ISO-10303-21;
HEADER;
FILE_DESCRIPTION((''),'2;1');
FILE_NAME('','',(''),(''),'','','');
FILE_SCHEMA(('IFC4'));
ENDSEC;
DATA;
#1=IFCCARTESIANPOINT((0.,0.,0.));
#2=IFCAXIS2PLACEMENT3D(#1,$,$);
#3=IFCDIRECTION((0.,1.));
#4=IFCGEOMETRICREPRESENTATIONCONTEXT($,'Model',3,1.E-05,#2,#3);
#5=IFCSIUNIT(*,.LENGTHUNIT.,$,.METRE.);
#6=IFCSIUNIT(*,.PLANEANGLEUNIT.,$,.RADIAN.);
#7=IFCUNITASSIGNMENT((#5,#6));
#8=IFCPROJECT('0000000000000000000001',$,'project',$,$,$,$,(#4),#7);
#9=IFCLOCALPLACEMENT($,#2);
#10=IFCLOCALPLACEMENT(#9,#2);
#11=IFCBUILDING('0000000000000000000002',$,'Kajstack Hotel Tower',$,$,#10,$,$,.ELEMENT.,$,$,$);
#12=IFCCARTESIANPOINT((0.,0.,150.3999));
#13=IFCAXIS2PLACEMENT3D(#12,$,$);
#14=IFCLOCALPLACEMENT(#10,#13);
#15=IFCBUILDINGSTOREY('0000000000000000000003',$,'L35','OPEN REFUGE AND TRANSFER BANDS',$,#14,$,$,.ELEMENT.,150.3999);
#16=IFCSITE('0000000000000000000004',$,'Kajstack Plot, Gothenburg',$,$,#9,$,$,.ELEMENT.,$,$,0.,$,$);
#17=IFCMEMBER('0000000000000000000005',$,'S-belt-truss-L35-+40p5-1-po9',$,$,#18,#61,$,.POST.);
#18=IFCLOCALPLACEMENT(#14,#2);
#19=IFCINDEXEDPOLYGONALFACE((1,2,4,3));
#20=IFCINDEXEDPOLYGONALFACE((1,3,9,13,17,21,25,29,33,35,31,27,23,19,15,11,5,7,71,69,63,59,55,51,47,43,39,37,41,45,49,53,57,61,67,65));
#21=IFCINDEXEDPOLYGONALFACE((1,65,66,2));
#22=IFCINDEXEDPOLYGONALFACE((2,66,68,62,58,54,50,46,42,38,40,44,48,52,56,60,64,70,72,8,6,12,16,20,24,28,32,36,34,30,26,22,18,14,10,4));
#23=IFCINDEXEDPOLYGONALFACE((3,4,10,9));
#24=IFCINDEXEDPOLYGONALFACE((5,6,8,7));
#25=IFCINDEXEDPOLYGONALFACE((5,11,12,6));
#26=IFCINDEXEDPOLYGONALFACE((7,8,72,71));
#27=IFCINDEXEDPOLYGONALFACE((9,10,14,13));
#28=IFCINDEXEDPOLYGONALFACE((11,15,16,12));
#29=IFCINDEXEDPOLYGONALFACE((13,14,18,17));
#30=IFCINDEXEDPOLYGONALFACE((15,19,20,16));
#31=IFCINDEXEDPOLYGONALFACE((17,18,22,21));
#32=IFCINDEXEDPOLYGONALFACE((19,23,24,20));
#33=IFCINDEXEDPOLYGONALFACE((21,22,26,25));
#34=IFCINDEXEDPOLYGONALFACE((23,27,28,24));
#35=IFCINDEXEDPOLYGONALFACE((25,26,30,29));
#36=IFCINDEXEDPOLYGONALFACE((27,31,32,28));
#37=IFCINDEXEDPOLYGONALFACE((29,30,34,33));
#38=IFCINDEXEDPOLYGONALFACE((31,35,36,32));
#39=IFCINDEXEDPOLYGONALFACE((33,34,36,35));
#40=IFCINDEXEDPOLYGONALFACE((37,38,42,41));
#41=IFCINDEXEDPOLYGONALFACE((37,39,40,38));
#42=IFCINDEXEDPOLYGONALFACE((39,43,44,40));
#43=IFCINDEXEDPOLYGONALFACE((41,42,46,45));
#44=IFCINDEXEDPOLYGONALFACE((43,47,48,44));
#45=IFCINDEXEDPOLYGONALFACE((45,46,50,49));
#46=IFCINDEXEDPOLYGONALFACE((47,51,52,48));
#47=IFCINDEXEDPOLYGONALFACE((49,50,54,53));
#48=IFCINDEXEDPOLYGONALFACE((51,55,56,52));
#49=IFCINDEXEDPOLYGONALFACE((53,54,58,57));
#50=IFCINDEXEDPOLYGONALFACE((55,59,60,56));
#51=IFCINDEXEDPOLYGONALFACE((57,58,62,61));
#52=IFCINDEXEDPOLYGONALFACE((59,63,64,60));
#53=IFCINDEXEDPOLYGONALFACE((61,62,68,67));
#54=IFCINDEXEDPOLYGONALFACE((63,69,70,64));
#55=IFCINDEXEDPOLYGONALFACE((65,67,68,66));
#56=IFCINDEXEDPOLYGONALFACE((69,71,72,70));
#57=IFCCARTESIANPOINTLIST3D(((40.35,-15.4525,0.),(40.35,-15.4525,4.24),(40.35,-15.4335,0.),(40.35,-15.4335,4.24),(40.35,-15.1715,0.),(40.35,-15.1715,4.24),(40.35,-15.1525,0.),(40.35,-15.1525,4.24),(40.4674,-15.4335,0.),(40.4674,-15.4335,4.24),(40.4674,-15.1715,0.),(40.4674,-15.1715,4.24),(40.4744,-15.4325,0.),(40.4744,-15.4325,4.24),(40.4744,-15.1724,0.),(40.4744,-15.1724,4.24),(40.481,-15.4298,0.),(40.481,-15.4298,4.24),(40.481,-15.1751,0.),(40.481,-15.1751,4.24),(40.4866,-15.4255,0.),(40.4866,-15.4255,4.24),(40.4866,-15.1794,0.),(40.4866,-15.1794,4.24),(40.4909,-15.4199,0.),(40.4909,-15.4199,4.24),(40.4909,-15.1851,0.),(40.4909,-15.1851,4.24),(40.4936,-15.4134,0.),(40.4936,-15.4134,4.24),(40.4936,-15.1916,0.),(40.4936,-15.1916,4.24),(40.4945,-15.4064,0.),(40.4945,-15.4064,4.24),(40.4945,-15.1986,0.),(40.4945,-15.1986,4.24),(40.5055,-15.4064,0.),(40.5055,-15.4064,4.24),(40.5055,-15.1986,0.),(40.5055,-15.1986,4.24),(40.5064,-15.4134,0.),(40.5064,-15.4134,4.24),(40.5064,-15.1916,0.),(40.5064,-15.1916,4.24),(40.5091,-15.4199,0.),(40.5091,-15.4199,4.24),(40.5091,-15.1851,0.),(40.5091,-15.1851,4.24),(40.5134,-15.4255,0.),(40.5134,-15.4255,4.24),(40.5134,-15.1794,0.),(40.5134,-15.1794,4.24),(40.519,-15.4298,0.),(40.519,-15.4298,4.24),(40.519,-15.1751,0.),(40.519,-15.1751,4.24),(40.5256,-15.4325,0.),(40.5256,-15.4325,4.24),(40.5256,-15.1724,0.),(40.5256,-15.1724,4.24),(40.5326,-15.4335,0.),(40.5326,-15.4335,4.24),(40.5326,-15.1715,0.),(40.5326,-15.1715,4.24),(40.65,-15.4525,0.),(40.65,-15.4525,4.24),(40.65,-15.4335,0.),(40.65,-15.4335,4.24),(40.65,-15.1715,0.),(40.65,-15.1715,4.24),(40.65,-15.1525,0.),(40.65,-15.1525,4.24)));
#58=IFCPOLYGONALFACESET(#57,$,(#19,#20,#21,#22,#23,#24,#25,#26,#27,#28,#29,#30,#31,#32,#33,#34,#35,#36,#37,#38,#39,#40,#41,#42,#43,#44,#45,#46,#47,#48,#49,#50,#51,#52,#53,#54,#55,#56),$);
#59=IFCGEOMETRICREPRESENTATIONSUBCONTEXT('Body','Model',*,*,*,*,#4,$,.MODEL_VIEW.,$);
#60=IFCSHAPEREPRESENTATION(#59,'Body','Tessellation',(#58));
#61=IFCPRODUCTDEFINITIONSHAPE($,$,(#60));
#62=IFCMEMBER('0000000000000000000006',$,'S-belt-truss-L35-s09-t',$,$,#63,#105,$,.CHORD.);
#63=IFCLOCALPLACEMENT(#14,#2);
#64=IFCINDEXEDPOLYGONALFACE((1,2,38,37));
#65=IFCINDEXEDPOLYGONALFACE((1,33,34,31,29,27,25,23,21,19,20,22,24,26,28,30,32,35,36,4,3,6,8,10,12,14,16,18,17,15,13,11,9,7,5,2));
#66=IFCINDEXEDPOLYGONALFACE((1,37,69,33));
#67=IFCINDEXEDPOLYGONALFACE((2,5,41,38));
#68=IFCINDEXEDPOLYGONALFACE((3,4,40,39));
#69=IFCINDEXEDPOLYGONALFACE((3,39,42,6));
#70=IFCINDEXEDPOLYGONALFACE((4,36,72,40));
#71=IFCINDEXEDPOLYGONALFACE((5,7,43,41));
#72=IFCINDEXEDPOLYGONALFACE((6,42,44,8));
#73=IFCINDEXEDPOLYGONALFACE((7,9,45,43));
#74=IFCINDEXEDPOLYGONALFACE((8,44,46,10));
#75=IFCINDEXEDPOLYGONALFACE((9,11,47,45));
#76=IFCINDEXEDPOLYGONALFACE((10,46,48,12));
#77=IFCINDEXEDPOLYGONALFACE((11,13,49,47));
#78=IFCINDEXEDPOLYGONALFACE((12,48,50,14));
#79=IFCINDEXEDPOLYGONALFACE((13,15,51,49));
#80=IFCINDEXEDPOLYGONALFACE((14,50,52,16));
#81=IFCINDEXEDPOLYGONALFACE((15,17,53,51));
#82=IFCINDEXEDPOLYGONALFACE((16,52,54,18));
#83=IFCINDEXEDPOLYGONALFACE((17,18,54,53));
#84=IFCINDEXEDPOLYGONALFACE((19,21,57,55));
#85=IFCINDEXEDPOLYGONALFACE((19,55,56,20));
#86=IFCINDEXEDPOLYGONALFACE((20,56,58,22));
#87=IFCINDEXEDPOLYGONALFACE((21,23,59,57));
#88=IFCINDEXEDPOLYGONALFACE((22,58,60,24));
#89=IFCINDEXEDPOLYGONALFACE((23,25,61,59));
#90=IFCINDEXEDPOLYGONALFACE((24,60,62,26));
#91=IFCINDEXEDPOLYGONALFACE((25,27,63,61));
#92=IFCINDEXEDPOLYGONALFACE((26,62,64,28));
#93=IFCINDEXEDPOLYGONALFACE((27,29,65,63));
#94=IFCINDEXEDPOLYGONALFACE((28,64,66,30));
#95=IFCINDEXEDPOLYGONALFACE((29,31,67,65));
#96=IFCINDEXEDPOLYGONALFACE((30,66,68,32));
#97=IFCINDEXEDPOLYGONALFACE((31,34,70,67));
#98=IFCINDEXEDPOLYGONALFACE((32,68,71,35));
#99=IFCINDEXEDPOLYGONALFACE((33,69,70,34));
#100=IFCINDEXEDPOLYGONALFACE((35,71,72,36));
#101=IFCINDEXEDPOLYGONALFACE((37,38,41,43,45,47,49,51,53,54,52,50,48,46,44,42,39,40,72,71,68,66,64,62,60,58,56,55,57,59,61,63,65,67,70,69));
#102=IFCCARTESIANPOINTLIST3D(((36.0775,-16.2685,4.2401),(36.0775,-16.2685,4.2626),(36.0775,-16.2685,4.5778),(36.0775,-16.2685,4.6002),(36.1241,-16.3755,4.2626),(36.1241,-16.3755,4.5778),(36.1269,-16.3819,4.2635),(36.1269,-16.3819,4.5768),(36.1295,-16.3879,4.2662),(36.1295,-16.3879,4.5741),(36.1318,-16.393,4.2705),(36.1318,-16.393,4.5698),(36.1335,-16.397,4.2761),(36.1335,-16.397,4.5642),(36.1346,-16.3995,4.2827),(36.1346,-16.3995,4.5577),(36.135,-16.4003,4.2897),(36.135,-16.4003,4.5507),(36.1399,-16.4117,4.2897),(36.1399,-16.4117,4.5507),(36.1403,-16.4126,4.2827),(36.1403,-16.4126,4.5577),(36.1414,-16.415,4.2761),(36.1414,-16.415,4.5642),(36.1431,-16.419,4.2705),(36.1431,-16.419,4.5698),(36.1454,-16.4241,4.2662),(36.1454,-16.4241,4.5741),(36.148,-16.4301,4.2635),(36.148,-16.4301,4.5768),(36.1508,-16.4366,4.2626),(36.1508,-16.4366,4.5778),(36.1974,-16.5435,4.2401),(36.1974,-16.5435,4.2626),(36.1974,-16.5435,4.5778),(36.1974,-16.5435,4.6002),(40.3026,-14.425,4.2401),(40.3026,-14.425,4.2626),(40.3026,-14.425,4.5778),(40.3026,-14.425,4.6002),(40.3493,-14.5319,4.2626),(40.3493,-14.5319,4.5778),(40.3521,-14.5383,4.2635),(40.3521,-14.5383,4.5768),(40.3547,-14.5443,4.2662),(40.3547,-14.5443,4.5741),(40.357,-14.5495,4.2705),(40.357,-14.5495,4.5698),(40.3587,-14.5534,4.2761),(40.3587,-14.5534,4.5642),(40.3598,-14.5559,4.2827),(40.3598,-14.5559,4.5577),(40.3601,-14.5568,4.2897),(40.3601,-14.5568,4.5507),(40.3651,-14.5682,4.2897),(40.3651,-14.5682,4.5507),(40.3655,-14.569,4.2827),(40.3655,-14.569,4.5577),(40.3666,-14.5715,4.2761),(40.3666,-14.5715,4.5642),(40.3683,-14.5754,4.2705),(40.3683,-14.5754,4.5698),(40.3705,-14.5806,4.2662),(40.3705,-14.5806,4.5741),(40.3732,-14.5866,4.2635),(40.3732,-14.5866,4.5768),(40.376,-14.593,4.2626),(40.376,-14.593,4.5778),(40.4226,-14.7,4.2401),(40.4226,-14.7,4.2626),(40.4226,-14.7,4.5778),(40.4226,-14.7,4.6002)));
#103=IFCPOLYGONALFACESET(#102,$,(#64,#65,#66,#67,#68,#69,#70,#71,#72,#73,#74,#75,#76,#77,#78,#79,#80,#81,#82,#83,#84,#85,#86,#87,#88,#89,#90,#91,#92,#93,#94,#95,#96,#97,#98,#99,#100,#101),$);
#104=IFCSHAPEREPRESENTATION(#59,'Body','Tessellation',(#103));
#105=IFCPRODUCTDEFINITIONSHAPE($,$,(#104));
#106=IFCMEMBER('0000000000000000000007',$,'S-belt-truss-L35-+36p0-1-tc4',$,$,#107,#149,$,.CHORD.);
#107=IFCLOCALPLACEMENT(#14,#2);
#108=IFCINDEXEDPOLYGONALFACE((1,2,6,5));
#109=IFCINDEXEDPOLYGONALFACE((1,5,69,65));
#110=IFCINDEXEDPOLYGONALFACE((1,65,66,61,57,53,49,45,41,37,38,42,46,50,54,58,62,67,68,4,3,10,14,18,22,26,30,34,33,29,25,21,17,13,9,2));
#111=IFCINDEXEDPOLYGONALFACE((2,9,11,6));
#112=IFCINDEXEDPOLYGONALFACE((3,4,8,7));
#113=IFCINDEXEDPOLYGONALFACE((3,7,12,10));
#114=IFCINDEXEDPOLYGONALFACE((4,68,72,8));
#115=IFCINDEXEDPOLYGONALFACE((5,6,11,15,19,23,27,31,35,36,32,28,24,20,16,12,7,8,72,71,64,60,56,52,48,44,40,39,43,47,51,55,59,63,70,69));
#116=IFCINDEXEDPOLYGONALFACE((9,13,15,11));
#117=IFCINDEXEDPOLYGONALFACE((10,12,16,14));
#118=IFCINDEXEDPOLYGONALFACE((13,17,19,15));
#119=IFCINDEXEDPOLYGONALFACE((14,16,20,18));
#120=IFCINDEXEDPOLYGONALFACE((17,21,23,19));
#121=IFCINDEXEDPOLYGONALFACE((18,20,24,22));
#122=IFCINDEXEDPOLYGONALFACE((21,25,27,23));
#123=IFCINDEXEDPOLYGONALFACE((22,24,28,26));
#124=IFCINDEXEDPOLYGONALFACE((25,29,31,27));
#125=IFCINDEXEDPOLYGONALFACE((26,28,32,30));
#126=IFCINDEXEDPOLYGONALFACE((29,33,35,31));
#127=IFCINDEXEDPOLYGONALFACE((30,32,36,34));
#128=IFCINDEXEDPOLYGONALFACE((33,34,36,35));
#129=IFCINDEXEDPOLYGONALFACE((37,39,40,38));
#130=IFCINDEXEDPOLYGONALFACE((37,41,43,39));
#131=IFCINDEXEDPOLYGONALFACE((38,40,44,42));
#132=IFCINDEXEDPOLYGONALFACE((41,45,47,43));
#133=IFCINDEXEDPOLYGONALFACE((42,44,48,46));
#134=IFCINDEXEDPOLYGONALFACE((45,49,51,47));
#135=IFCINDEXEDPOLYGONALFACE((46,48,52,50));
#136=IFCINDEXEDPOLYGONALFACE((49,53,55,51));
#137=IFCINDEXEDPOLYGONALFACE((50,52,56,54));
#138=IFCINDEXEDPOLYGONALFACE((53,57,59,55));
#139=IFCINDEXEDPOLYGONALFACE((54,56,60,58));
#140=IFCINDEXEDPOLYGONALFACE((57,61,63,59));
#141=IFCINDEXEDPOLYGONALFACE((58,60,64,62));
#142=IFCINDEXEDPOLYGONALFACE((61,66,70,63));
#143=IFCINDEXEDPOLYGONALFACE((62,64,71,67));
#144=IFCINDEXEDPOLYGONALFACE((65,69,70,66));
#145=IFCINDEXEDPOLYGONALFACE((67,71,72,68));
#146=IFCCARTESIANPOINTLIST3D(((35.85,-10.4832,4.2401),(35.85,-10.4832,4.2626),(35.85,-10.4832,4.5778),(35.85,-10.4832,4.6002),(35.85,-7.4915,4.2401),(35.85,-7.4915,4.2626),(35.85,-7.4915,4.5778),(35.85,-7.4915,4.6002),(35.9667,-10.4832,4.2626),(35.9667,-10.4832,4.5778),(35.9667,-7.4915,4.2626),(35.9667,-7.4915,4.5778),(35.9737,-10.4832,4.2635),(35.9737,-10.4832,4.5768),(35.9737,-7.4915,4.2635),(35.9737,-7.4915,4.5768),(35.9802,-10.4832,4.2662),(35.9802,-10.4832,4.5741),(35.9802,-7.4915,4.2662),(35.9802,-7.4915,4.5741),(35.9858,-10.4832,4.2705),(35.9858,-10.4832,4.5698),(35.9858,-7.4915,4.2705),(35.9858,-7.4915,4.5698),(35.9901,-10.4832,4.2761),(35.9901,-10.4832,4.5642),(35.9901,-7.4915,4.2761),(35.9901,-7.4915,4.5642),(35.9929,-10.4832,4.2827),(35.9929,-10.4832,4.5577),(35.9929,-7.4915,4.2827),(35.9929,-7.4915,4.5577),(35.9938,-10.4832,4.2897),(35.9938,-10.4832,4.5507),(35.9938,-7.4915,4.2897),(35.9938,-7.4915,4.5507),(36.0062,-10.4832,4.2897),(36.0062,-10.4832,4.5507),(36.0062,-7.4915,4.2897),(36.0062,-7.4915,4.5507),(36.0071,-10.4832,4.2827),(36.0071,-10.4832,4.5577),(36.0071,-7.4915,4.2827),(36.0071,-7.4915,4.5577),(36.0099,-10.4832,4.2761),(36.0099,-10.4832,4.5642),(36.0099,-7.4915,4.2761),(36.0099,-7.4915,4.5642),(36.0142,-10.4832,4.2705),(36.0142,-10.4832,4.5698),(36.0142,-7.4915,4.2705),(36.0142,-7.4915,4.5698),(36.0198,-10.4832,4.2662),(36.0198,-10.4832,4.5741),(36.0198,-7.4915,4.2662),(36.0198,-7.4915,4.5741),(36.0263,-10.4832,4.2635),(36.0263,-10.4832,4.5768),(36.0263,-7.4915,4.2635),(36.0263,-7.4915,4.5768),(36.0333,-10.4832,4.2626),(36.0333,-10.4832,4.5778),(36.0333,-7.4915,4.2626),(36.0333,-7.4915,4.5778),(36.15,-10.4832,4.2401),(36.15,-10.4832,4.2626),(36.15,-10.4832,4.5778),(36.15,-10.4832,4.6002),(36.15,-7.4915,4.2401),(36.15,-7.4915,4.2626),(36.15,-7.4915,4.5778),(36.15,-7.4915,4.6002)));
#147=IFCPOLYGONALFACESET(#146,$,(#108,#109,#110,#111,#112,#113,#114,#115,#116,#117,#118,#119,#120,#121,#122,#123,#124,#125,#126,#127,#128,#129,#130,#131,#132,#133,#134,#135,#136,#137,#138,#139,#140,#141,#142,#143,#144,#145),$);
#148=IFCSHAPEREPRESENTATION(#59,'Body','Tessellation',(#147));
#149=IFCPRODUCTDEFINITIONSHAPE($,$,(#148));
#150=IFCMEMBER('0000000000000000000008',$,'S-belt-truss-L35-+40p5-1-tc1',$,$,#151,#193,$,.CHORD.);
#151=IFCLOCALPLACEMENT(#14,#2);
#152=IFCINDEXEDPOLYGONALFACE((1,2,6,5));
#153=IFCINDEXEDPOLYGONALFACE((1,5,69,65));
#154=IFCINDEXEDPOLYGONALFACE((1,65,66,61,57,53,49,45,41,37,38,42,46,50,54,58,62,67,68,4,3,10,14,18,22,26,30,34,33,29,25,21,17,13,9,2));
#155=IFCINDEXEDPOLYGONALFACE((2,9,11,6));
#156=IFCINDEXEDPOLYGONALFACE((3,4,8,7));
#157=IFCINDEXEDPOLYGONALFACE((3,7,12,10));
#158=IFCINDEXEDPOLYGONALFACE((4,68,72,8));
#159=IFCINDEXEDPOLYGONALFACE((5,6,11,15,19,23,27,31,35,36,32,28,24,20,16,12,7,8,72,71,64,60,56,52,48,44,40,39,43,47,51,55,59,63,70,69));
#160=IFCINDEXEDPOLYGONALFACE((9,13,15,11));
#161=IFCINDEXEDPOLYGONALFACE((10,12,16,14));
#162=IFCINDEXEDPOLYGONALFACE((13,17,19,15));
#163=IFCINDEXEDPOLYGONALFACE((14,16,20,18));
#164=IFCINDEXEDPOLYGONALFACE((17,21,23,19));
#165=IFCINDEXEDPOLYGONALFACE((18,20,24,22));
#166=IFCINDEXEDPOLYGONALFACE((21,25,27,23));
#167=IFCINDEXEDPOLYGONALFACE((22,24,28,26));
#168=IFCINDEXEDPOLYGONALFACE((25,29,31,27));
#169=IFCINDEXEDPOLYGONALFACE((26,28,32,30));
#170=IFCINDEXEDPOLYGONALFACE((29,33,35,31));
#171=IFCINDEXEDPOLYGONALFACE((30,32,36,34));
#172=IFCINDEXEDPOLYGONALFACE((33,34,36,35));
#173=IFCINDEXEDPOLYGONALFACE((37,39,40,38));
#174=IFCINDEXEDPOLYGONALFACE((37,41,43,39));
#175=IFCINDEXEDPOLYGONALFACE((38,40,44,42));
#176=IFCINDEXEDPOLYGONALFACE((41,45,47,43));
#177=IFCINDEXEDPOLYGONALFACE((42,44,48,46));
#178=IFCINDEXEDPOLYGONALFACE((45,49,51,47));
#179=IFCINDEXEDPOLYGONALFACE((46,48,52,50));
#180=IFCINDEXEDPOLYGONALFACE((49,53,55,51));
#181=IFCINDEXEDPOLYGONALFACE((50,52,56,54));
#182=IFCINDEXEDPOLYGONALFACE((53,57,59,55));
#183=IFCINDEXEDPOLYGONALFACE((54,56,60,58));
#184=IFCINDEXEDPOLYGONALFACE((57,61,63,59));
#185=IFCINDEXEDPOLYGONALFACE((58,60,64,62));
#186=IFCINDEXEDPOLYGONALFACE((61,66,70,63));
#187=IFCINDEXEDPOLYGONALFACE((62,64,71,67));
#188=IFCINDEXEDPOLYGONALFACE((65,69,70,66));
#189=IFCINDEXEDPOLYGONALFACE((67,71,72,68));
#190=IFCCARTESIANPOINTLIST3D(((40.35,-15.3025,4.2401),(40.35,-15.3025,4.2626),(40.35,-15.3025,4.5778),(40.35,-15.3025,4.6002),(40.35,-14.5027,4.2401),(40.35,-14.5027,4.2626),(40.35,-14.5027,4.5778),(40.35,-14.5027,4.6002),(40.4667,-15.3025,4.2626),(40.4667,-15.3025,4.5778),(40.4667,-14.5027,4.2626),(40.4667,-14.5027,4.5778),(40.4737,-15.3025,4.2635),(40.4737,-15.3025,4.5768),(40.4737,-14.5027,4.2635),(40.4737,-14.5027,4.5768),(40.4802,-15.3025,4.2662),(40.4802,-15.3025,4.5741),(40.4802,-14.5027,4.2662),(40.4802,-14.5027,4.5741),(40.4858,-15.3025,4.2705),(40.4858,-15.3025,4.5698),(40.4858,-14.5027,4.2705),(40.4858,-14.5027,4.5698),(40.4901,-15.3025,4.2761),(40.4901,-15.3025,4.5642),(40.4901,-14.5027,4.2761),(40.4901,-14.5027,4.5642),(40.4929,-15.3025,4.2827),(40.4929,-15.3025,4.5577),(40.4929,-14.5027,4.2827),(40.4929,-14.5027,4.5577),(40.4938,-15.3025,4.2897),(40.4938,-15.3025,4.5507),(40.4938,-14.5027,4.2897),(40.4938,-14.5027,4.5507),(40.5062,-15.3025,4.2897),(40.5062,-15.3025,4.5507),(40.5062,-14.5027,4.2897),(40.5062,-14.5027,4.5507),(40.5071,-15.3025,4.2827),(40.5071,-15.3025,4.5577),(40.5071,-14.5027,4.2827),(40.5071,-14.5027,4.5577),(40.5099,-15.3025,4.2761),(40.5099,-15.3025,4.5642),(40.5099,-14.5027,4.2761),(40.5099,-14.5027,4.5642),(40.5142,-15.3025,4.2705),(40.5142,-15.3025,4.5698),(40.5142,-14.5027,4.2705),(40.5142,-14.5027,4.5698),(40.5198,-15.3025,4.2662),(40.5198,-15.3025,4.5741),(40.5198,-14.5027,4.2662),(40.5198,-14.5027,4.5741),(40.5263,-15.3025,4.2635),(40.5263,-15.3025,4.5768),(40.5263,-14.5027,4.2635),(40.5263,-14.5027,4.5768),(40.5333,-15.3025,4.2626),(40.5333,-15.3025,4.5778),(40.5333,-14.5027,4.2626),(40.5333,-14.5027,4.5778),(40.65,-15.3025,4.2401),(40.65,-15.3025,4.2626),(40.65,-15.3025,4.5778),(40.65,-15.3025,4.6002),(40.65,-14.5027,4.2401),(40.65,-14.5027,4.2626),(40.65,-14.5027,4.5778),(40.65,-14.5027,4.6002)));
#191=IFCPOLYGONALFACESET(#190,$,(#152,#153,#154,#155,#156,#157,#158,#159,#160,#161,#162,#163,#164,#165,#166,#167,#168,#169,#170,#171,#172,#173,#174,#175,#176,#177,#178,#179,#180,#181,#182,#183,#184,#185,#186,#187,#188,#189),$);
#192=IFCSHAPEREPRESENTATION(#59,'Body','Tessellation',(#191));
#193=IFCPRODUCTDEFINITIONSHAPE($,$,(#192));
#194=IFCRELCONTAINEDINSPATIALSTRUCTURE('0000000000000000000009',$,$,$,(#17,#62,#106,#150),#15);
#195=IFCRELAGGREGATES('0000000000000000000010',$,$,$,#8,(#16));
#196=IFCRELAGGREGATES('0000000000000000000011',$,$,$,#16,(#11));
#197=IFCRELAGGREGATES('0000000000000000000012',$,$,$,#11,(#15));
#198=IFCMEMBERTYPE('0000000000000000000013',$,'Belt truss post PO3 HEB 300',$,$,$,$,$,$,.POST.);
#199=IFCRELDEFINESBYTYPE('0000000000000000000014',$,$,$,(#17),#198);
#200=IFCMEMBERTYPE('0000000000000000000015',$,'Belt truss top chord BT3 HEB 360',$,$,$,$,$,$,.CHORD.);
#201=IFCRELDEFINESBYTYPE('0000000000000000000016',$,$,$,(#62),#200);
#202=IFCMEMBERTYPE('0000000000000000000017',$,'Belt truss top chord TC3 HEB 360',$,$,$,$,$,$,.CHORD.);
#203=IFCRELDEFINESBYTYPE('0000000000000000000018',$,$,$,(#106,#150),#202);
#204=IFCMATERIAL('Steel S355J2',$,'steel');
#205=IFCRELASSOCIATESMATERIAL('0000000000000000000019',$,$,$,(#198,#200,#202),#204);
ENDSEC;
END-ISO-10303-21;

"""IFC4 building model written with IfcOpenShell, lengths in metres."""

from ifc_helpers import new_model, si_unit, direction, frame, origin, origin_2d, place, context, subcontext, project, spatial, i_section, extrude, material, material_profile, profile_set, type_object, element, save


model = new_model("IFC4")

# Units and contexts
model_context = context("Model", 3, precision=1e-05, world=origin(), true_north=direction((0.0, 1.0)))
body_context = subcontext(model_context, "Body", "Model", "MODEL_VIEW")
ifc_project = project(units=[si_unit("LENGTHUNIT", "METRE"), si_unit("PLANEANGLEUNIT", "RADIAN")], contexts=[model_context])

# Site, building, storey
site_placement = place(None, origin())
site = spatial("IfcSite", under=ifc_project, at=site_placement, Name="Kajstack Plot, Gothenburg", CompositionType="ELEMENT", RefElevation=0.0)
building_placement = place(site_placement, origin())
building = spatial("IfcBuilding", under=site, at=building_placement, Name="Kajstack Hotel Tower", CompositionType="ELEMENT")
storey_placement = place(building_placement, frame((0.0, 0.0, 150.3999)))
storey = spatial("IfcBuildingStorey", under=building, at=storey_placement, Name="L35", Description="OPEN REFUGE AND TRANSFER BANDS", CompositionType="ELEMENT", Elevation=150.3999)

# Members
ifc_material = material(Name="Steel S355J2", Category="steel")
ifc_material_profile_1 = material_profile(ifc_material, i_section(OverallWidth=0.3, OverallDepth=0.3, WebThickness=0.011, FlangeThickness=0.019, FilletRadius=0.0271, at=origin_2d()), Name="HEB 300")
ifc_profile_set_1 = profile_set([ifc_material_profile_1], Name="Steel S355J2")
member_type_1 = type_object("IfcMemberType", Name="Belt truss post PO3 HEB 300", PredefinedType="POST", material=ifc_profile_set_1)
for number, where, z_axis, x_axis, name in (
    (1, (40.5, -15.3025, 0.0), (0.0, 0.0, 1.0), (1.0, 0.0, 0.0), "S-belt-truss-L35-+40p5-1-po9"),
):
    element("IfcMember", number, at=place(storey_placement, frame(where, z_axis=z_axis, x_axis=x_axis)), inside=storey, type_object=member_type_1, Name=name, PredefinedType="POST", context=body_context, shape_type="SweptSolid", body=[
        extrude(i_section(OverallWidth=0.3, OverallDepth=0.3, WebThickness=0.011, FlangeThickness=0.019, FilletRadius=0.0271, at=origin_2d()), origin(), (0.0, 0.0, 1.0), 4.24),
    ])
ifc_material_profile_2 = material_profile(ifc_material, i_section(OverallWidth=0.3, OverallDepth=0.3601, WebThickness=0.0125, FlangeThickness=0.0225, FilletRadius=0.0271, at=origin_2d()), Name="HEB 360")
ifc_profile_set_2 = profile_set([ifc_material_profile_2], Name="Steel S355J2")
member_type_2 = type_object("IfcMemberType", Name="Belt truss top chord BT3 HEB 360", PredefinedType="CHORD", material=ifc_profile_set_2)
member_1_placement = place(storey_placement, frame((36.1375, -16.406, 4.4202), z_axis=(0.916553, 0.399913, 0.0), x_axis=(-0.399913, 0.916553, 0.0)))
element("IfcMember", 2, at=member_1_placement, inside=storey, type_object=member_type_2, Name="S-belt-truss-L35-s09-t", PredefinedType="CHORD", context=body_context, shape_type="SweptSolid", body=[
    extrude(i_section(OverallWidth=0.3, OverallDepth=0.3601, WebThickness=0.0125, FlangeThickness=0.0225, FilletRadius=0.0271, at=origin_2d()), origin(), (0.0, 0.0, 1.0), 4.6099),
])
ifc_material_profile_3 = material_profile(ifc_material, i_section(OverallWidth=0.3, OverallDepth=0.3601, WebThickness=0.0125, FlangeThickness=0.0225, FilletRadius=0.0271, at=origin_2d()), Name="HEB 360")
ifc_profile_set_3 = profile_set([ifc_material_profile_3], Name="Steel S355J2")
member_type_3 = type_object("IfcMemberType", Name="Belt truss top chord TC3 HEB 360", PredefinedType="CHORD", material=ifc_profile_set_3)
member_2_placement = place(storey_placement, frame((36.0, -10.4832, 4.4202), z_axis=(0.0, 1.0, 0.0), x_axis=(-1.0, 0.0, 0.0)))
element("IfcMember", 3, at=member_2_placement, inside=storey, type_object=member_type_3, Name="S-belt-truss-L35-+36p0-1-tc4", PredefinedType="CHORD", context=body_context, shape_type="SweptSolid", body=[
    extrude(i_section(OverallWidth=0.3, OverallDepth=0.3601, WebThickness=0.0125, FlangeThickness=0.0225, FilletRadius=0.0271, at=origin_2d()), origin(), (0.0, 0.0, 1.0), 2.9917),
])
member_3_placement = place(storey_placement, frame((40.5, -15.3025, 4.4202), z_axis=(0.0, 1.0, 0.0), x_axis=(-1.0, 0.0, 0.0)))
element("IfcMember", 4, at=member_3_placement, inside=storey, type_object=member_type_3, Name="S-belt-truss-L35-+40p5-1-tc1", PredefinedType="CHORD", context=body_context, shape_type="SweptSolid", body=[
    extrude(i_section(OverallWidth=0.3, OverallDepth=0.3601, WebThickness=0.0125, FlangeThickness=0.0225, FilletRadius=0.0271, at=origin_2d()), origin(), (0.0, 0.0, 1.0), 0.7998),
])

save(model, "model.ifc")
